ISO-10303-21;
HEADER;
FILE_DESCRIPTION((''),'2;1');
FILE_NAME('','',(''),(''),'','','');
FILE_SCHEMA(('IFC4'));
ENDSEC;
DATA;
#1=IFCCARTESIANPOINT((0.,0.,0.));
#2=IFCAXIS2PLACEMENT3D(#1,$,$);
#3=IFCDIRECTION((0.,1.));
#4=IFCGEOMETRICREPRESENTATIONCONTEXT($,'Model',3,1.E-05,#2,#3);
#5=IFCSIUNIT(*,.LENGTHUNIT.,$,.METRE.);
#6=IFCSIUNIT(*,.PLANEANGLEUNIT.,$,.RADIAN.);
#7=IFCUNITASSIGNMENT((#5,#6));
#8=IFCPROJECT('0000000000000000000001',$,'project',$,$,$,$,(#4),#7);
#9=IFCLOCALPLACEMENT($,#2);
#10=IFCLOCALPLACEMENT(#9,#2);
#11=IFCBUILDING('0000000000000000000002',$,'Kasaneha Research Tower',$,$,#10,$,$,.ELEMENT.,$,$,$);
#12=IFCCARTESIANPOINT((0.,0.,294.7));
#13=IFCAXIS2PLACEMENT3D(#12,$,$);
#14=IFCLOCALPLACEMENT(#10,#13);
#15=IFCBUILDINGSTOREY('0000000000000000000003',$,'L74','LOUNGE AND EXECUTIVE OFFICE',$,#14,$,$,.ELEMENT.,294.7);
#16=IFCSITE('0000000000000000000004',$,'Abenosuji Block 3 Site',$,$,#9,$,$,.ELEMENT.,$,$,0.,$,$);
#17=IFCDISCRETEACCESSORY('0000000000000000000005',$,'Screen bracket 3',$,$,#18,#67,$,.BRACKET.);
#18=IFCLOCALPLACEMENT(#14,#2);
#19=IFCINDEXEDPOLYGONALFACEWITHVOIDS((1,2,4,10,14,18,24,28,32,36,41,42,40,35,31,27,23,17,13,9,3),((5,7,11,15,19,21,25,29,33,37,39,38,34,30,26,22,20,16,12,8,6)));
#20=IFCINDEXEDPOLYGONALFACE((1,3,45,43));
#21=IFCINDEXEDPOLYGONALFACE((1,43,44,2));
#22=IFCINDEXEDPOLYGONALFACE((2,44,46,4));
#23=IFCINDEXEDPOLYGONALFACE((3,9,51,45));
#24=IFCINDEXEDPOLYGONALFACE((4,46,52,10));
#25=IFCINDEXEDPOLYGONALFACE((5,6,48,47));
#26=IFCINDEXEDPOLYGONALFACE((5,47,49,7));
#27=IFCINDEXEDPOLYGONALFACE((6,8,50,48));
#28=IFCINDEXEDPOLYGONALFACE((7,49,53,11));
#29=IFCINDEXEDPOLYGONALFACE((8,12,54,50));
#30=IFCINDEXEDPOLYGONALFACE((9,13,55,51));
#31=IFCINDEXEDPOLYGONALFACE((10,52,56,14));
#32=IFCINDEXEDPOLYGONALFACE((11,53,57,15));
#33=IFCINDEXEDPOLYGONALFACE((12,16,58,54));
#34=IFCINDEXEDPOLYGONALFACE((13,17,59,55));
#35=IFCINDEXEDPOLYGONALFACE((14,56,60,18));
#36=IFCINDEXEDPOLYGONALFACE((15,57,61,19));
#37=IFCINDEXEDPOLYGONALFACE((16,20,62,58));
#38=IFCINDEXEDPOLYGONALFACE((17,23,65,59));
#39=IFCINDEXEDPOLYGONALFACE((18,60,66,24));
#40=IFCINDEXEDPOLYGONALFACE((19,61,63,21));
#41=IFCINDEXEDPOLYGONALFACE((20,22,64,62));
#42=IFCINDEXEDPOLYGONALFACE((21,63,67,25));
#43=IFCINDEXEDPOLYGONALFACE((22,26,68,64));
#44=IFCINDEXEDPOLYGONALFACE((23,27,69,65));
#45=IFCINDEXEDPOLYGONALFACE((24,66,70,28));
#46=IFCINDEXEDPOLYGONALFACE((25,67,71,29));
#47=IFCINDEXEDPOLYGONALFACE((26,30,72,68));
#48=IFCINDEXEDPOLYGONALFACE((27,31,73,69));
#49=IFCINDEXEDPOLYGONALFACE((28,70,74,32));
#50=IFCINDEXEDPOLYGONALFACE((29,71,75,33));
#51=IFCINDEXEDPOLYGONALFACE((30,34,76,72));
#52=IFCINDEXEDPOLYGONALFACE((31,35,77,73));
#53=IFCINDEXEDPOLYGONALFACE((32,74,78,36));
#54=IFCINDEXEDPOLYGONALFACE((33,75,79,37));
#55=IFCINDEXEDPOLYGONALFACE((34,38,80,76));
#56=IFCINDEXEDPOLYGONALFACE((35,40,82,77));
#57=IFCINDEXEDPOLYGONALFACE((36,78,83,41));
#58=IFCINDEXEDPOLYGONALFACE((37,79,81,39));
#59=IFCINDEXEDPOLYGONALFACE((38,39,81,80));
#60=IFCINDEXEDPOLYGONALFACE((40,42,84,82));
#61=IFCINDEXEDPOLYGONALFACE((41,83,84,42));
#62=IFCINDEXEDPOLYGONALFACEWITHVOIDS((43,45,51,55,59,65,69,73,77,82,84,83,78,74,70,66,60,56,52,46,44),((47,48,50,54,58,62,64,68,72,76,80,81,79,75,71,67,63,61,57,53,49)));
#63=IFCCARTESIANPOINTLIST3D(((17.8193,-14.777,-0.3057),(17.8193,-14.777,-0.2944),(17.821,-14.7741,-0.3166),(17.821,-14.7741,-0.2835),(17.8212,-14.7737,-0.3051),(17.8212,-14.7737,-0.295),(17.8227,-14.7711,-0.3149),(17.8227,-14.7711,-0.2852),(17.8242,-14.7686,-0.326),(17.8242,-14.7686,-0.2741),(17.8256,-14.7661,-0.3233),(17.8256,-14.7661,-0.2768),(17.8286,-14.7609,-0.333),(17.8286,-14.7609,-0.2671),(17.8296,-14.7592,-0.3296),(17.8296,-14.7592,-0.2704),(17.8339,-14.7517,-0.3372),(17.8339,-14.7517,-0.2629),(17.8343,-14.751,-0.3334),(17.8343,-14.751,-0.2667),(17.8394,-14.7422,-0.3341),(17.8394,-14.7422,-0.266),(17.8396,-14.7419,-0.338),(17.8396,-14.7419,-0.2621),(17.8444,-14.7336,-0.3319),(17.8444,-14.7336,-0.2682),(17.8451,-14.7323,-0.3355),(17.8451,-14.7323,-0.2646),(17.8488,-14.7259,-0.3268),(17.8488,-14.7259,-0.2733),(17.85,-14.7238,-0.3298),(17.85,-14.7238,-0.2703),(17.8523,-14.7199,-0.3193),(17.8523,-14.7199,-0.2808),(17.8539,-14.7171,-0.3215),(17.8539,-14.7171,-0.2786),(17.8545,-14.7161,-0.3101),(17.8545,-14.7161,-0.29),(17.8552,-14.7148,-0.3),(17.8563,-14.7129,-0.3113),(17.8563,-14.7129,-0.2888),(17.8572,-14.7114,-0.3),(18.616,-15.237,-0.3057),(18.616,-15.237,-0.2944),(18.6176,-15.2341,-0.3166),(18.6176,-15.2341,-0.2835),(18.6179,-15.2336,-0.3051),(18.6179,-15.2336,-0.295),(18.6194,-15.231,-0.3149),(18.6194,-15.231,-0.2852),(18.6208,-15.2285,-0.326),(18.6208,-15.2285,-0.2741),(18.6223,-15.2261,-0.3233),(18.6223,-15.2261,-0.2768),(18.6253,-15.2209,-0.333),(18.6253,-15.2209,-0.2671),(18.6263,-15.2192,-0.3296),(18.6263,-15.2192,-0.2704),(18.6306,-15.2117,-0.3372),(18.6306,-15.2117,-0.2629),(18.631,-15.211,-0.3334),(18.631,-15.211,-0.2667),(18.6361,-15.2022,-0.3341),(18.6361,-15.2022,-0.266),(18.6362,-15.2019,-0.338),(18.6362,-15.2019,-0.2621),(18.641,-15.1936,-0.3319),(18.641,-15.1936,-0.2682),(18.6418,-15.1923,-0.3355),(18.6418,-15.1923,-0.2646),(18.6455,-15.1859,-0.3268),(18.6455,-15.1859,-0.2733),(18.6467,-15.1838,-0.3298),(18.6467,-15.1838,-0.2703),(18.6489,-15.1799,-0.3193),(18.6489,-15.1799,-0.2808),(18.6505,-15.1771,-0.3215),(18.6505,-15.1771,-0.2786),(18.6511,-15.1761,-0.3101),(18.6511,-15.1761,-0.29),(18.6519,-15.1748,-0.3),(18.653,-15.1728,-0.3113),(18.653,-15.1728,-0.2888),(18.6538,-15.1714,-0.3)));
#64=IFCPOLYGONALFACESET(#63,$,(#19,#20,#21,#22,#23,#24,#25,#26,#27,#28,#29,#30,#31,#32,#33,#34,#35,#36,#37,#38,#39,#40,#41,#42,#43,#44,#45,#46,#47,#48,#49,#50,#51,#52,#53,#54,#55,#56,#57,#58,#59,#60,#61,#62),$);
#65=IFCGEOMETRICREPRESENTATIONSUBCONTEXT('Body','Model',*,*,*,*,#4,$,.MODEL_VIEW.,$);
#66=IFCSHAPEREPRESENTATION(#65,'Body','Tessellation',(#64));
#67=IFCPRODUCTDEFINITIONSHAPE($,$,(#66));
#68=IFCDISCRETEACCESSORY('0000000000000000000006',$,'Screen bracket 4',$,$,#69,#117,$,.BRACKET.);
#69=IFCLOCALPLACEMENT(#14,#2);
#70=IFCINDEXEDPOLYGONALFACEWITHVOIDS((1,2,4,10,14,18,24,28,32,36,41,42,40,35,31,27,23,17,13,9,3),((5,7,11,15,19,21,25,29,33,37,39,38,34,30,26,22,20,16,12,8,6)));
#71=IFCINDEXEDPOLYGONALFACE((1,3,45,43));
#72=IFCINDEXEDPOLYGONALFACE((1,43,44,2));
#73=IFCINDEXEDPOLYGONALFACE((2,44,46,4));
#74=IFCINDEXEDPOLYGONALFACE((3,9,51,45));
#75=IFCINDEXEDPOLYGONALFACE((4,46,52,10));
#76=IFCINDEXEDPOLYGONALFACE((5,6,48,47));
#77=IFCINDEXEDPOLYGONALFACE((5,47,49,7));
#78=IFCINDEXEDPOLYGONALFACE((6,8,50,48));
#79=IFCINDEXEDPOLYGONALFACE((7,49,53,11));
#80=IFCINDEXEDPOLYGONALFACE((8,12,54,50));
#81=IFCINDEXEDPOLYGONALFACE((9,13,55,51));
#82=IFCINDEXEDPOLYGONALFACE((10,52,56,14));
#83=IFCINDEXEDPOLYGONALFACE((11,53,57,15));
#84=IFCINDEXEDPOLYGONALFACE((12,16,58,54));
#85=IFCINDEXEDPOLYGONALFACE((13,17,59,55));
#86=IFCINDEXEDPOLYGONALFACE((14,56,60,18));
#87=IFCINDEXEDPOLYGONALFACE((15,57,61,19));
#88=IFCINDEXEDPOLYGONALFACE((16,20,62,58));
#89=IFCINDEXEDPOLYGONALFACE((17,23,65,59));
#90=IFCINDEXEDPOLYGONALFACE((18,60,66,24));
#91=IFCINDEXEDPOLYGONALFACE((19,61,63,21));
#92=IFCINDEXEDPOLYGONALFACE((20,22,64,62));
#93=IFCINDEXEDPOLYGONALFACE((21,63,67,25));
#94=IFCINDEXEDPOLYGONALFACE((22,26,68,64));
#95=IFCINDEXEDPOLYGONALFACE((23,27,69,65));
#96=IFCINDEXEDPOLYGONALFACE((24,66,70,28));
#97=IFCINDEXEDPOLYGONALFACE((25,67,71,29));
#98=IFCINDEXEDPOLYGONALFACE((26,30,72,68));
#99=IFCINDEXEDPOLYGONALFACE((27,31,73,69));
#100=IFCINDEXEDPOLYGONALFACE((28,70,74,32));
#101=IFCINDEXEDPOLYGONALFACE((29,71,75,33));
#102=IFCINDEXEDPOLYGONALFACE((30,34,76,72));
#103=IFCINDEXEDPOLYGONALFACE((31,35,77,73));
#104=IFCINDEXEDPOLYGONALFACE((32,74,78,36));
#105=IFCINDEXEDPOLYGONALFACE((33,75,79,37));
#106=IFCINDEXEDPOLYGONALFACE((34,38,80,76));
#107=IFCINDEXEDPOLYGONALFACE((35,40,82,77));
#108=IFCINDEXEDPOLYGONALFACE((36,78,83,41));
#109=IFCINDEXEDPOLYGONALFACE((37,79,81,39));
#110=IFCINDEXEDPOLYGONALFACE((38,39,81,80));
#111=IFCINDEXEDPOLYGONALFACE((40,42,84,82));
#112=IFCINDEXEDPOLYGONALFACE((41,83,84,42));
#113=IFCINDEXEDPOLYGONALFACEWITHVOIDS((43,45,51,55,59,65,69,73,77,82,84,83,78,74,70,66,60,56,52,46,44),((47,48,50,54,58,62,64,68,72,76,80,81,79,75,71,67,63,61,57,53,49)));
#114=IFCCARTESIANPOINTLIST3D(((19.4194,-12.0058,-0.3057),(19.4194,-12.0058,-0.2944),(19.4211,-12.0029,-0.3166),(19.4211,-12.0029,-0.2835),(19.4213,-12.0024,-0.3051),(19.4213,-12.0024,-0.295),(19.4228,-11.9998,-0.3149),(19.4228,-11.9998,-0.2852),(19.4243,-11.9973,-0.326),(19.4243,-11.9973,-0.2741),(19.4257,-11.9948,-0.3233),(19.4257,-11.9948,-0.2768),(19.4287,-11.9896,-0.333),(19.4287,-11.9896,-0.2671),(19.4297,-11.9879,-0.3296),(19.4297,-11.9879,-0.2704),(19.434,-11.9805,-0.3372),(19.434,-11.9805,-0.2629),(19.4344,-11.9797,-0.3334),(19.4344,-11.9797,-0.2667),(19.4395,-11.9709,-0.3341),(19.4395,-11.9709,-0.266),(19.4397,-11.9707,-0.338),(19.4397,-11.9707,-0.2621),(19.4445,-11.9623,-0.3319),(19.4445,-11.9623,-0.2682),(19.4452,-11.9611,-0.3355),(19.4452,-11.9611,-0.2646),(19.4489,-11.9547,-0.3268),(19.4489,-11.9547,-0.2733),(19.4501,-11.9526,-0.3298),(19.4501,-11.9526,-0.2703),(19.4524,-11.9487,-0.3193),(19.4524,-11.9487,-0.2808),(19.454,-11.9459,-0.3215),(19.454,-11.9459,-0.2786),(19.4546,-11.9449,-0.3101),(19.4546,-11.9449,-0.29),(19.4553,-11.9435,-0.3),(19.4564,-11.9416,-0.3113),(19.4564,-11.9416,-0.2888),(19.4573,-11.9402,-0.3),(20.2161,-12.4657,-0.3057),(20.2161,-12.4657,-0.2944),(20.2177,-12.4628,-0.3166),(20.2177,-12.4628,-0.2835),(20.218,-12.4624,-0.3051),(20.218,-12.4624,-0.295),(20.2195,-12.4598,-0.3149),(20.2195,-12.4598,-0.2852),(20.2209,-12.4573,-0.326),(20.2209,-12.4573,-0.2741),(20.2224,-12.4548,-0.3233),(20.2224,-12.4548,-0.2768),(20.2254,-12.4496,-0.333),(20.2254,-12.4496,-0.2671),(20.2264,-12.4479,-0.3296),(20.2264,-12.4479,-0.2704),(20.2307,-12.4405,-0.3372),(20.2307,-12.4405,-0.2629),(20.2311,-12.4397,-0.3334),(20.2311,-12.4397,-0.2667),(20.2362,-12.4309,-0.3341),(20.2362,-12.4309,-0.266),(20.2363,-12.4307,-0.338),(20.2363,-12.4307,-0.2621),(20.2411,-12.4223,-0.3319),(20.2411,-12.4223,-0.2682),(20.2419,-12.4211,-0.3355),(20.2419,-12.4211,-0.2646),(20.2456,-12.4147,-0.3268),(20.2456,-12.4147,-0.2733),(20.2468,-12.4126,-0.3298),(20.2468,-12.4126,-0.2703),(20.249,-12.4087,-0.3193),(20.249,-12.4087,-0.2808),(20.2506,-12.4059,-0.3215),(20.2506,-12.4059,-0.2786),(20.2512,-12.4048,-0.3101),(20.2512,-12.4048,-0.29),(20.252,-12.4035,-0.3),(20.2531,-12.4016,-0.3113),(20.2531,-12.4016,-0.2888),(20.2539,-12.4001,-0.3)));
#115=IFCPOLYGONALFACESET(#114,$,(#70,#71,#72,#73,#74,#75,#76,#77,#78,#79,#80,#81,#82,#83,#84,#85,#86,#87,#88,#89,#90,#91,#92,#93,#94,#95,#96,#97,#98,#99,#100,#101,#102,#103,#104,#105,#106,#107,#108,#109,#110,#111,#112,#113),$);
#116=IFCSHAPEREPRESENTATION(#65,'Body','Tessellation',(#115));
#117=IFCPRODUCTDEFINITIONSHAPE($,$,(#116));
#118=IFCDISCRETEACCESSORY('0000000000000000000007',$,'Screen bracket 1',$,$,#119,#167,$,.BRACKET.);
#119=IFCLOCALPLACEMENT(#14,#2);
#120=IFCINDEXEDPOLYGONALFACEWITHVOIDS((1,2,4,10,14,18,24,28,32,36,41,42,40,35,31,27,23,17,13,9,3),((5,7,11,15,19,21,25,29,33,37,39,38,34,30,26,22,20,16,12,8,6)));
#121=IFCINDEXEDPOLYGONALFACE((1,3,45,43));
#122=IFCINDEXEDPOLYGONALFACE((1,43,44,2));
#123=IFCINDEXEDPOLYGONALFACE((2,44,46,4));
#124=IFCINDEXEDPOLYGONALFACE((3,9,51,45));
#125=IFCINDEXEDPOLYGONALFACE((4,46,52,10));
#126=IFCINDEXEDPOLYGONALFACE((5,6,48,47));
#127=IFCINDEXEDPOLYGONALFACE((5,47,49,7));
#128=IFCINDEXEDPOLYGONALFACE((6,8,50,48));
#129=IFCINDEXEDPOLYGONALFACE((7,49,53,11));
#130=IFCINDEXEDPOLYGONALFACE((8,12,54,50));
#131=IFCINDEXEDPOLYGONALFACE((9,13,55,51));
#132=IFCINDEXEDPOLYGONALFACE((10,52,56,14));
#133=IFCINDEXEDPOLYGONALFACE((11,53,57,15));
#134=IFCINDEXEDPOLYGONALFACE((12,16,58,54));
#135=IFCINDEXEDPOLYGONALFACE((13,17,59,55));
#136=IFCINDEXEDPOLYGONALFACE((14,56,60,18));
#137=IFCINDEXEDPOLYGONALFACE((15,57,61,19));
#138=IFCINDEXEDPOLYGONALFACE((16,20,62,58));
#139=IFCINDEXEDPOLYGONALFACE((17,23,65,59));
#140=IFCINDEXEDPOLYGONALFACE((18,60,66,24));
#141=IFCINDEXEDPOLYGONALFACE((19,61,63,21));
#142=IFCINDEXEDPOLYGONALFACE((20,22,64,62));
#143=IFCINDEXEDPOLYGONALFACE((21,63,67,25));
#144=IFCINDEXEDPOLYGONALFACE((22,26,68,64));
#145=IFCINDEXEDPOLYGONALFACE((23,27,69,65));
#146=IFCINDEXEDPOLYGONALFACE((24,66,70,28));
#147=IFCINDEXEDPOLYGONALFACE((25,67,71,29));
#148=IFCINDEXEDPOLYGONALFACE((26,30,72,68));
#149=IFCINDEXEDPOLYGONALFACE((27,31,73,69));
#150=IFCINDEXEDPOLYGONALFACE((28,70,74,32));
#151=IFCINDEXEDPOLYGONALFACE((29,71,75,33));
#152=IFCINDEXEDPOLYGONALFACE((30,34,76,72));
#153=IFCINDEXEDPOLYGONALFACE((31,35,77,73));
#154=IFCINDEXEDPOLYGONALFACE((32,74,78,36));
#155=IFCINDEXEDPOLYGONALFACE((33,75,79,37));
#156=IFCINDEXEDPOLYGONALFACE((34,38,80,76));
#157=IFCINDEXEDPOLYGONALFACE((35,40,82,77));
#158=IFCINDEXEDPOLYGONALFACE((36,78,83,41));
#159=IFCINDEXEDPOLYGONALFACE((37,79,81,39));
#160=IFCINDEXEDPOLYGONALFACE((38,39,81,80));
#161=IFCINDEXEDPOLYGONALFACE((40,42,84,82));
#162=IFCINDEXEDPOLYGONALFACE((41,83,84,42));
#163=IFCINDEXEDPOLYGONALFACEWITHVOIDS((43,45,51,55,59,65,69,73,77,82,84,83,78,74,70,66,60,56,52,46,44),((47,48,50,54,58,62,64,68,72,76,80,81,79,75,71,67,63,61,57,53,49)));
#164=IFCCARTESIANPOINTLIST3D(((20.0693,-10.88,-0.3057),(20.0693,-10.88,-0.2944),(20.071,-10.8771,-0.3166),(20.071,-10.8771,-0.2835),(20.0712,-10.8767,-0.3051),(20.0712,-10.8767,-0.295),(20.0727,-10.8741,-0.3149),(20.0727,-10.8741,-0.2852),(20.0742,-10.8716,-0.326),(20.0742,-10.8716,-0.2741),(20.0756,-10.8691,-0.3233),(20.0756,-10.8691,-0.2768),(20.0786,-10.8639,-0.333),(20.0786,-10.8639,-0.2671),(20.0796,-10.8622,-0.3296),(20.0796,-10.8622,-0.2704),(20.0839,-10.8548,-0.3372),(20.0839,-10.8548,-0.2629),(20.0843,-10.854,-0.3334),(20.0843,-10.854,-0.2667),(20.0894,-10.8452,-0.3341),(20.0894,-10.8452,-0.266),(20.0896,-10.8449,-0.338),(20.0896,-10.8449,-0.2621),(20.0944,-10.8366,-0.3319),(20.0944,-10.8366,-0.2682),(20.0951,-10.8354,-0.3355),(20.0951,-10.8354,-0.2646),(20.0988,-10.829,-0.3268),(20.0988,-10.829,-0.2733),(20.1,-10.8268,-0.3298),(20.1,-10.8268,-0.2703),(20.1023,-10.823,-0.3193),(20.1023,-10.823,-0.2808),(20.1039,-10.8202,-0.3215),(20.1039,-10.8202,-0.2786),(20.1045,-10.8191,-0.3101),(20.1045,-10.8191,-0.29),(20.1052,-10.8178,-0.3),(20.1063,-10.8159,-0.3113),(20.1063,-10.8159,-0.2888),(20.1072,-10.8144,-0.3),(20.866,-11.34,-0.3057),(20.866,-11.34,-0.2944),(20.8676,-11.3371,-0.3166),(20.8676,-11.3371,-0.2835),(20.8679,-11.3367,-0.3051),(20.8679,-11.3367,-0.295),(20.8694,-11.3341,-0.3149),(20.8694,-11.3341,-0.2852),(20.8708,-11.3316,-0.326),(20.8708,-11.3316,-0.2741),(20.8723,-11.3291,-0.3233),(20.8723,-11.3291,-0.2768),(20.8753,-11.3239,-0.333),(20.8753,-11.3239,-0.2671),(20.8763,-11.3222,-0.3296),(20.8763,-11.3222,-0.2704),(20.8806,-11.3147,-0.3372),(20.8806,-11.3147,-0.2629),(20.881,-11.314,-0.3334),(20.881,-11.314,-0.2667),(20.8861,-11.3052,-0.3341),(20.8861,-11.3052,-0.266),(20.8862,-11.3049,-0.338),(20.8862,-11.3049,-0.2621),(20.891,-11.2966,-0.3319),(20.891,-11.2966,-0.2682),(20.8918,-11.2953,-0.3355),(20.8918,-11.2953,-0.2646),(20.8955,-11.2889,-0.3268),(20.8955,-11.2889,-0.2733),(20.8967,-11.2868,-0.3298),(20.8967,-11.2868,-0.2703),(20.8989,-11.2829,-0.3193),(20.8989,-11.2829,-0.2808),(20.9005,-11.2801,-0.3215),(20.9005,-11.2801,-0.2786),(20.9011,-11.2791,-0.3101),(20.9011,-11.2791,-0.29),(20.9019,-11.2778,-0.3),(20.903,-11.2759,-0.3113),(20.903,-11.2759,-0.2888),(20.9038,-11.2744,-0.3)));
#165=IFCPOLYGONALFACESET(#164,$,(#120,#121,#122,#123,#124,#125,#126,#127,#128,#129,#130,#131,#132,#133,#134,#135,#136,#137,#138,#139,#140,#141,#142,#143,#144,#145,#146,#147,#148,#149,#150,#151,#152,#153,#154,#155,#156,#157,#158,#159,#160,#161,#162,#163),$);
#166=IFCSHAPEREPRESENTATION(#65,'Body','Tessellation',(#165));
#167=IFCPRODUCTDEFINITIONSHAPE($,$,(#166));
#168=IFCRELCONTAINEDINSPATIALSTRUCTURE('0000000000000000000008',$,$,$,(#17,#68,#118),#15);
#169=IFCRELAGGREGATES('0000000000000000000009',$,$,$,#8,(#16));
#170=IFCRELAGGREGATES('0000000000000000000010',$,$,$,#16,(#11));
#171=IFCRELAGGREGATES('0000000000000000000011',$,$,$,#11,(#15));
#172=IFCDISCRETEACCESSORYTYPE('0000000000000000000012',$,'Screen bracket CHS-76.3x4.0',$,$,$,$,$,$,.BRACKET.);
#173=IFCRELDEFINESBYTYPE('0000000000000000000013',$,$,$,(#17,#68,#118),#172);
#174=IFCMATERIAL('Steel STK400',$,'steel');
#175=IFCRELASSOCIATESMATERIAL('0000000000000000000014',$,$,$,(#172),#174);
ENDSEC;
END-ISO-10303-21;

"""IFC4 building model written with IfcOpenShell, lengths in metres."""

from ifc_helpers import new_model, si_unit, direction, frame, origin, origin_2d, place, context, subcontext, project, spatial, hollow_circle, extrude, material, material_profile, profile_set, type_object, element, save


model = new_model("IFC4")

# Units and contexts
model_context = context("Model", 3, precision=1e-05, world=origin(), true_north=direction((0.0, 1.0)))
body_context = subcontext(model_context, "Body", "Model", "MODEL_VIEW")
ifc_project = project(units=[si_unit("LENGTHUNIT", "METRE"), si_unit("PLANEANGLEUNIT", "RADIAN")], contexts=[model_context])

# Site, building, storey
site_placement = place(None, origin())
site = spatial("IfcSite", under=ifc_project, at=site_placement, Name="Abenosuji Block 3 Site", CompositionType="ELEMENT", RefElevation=0.0)
building_placement = place(site_placement, origin())
building = spatial("IfcBuilding", under=site, at=building_placement, Name="Kasaneha Research Tower", CompositionType="ELEMENT")
storey_placement = place(building_placement, frame((0.0, 0.0, 294.7)))
storey = spatial("IfcBuildingStorey", under=building, at=storey_placement, Name="L74", Description="LOUNGE AND EXECUTIVE OFFICE", CompositionType="ELEMENT", Elevation=294.7)

# Discrete accessories
ifc_material_1 = material(Name="Steel STK400", Category="steel")
ifc_material_profile_1 = material_profile(ifc_material_1, hollow_circle(Radius=0.0381, WallThickness=0.0039, at=origin_2d()), Name="CHS-76.3x4.0")
ifc_profile_set_1 = profile_set([ifc_material_profile_1], Name="Steel STK400")
discrete_accessory_type = type_object("IfcDiscreteAccessoryType", Name="Screen bracket CHS-76.3x4.0", PredefinedType="BRACKET", material=ifc_profile_set_1)
for number, where, z_axis, x_axis, name in (
    (1, (17.8381, -14.7444, -0.3), (0.866013, -0.500021, 0.0), (0.500021, 0.866013, 0.0), "Screen bracket 3"),
    (2, (19.4382, -11.9731, -0.3), (0.866013, -0.500021, 0.0), (0.500021, 0.866013, 0.0), "Screen bracket 4"),
    (3, (20.0881, -10.8474, -0.3), (0.866013, -0.500021, 0.0), (0.500021, 0.866013, 0.0), "Screen bracket 1"),
):
    element("IfcDiscreteAccessory", number, at=place(storey_placement, frame(where, z_axis=z_axis, x_axis=x_axis)), inside=storey, type_object=discrete_accessory_type, Name=name, PredefinedType="BRACKET", context=body_context, shape_type="SweptSolid", body=[
        extrude(hollow_circle(Radius=0.0381, WallThickness=0.0039, at=origin_2d()), origin(), (0.0, 0.0, 1.0), 0.9199),
    ])

save(model, "model.ifc")
